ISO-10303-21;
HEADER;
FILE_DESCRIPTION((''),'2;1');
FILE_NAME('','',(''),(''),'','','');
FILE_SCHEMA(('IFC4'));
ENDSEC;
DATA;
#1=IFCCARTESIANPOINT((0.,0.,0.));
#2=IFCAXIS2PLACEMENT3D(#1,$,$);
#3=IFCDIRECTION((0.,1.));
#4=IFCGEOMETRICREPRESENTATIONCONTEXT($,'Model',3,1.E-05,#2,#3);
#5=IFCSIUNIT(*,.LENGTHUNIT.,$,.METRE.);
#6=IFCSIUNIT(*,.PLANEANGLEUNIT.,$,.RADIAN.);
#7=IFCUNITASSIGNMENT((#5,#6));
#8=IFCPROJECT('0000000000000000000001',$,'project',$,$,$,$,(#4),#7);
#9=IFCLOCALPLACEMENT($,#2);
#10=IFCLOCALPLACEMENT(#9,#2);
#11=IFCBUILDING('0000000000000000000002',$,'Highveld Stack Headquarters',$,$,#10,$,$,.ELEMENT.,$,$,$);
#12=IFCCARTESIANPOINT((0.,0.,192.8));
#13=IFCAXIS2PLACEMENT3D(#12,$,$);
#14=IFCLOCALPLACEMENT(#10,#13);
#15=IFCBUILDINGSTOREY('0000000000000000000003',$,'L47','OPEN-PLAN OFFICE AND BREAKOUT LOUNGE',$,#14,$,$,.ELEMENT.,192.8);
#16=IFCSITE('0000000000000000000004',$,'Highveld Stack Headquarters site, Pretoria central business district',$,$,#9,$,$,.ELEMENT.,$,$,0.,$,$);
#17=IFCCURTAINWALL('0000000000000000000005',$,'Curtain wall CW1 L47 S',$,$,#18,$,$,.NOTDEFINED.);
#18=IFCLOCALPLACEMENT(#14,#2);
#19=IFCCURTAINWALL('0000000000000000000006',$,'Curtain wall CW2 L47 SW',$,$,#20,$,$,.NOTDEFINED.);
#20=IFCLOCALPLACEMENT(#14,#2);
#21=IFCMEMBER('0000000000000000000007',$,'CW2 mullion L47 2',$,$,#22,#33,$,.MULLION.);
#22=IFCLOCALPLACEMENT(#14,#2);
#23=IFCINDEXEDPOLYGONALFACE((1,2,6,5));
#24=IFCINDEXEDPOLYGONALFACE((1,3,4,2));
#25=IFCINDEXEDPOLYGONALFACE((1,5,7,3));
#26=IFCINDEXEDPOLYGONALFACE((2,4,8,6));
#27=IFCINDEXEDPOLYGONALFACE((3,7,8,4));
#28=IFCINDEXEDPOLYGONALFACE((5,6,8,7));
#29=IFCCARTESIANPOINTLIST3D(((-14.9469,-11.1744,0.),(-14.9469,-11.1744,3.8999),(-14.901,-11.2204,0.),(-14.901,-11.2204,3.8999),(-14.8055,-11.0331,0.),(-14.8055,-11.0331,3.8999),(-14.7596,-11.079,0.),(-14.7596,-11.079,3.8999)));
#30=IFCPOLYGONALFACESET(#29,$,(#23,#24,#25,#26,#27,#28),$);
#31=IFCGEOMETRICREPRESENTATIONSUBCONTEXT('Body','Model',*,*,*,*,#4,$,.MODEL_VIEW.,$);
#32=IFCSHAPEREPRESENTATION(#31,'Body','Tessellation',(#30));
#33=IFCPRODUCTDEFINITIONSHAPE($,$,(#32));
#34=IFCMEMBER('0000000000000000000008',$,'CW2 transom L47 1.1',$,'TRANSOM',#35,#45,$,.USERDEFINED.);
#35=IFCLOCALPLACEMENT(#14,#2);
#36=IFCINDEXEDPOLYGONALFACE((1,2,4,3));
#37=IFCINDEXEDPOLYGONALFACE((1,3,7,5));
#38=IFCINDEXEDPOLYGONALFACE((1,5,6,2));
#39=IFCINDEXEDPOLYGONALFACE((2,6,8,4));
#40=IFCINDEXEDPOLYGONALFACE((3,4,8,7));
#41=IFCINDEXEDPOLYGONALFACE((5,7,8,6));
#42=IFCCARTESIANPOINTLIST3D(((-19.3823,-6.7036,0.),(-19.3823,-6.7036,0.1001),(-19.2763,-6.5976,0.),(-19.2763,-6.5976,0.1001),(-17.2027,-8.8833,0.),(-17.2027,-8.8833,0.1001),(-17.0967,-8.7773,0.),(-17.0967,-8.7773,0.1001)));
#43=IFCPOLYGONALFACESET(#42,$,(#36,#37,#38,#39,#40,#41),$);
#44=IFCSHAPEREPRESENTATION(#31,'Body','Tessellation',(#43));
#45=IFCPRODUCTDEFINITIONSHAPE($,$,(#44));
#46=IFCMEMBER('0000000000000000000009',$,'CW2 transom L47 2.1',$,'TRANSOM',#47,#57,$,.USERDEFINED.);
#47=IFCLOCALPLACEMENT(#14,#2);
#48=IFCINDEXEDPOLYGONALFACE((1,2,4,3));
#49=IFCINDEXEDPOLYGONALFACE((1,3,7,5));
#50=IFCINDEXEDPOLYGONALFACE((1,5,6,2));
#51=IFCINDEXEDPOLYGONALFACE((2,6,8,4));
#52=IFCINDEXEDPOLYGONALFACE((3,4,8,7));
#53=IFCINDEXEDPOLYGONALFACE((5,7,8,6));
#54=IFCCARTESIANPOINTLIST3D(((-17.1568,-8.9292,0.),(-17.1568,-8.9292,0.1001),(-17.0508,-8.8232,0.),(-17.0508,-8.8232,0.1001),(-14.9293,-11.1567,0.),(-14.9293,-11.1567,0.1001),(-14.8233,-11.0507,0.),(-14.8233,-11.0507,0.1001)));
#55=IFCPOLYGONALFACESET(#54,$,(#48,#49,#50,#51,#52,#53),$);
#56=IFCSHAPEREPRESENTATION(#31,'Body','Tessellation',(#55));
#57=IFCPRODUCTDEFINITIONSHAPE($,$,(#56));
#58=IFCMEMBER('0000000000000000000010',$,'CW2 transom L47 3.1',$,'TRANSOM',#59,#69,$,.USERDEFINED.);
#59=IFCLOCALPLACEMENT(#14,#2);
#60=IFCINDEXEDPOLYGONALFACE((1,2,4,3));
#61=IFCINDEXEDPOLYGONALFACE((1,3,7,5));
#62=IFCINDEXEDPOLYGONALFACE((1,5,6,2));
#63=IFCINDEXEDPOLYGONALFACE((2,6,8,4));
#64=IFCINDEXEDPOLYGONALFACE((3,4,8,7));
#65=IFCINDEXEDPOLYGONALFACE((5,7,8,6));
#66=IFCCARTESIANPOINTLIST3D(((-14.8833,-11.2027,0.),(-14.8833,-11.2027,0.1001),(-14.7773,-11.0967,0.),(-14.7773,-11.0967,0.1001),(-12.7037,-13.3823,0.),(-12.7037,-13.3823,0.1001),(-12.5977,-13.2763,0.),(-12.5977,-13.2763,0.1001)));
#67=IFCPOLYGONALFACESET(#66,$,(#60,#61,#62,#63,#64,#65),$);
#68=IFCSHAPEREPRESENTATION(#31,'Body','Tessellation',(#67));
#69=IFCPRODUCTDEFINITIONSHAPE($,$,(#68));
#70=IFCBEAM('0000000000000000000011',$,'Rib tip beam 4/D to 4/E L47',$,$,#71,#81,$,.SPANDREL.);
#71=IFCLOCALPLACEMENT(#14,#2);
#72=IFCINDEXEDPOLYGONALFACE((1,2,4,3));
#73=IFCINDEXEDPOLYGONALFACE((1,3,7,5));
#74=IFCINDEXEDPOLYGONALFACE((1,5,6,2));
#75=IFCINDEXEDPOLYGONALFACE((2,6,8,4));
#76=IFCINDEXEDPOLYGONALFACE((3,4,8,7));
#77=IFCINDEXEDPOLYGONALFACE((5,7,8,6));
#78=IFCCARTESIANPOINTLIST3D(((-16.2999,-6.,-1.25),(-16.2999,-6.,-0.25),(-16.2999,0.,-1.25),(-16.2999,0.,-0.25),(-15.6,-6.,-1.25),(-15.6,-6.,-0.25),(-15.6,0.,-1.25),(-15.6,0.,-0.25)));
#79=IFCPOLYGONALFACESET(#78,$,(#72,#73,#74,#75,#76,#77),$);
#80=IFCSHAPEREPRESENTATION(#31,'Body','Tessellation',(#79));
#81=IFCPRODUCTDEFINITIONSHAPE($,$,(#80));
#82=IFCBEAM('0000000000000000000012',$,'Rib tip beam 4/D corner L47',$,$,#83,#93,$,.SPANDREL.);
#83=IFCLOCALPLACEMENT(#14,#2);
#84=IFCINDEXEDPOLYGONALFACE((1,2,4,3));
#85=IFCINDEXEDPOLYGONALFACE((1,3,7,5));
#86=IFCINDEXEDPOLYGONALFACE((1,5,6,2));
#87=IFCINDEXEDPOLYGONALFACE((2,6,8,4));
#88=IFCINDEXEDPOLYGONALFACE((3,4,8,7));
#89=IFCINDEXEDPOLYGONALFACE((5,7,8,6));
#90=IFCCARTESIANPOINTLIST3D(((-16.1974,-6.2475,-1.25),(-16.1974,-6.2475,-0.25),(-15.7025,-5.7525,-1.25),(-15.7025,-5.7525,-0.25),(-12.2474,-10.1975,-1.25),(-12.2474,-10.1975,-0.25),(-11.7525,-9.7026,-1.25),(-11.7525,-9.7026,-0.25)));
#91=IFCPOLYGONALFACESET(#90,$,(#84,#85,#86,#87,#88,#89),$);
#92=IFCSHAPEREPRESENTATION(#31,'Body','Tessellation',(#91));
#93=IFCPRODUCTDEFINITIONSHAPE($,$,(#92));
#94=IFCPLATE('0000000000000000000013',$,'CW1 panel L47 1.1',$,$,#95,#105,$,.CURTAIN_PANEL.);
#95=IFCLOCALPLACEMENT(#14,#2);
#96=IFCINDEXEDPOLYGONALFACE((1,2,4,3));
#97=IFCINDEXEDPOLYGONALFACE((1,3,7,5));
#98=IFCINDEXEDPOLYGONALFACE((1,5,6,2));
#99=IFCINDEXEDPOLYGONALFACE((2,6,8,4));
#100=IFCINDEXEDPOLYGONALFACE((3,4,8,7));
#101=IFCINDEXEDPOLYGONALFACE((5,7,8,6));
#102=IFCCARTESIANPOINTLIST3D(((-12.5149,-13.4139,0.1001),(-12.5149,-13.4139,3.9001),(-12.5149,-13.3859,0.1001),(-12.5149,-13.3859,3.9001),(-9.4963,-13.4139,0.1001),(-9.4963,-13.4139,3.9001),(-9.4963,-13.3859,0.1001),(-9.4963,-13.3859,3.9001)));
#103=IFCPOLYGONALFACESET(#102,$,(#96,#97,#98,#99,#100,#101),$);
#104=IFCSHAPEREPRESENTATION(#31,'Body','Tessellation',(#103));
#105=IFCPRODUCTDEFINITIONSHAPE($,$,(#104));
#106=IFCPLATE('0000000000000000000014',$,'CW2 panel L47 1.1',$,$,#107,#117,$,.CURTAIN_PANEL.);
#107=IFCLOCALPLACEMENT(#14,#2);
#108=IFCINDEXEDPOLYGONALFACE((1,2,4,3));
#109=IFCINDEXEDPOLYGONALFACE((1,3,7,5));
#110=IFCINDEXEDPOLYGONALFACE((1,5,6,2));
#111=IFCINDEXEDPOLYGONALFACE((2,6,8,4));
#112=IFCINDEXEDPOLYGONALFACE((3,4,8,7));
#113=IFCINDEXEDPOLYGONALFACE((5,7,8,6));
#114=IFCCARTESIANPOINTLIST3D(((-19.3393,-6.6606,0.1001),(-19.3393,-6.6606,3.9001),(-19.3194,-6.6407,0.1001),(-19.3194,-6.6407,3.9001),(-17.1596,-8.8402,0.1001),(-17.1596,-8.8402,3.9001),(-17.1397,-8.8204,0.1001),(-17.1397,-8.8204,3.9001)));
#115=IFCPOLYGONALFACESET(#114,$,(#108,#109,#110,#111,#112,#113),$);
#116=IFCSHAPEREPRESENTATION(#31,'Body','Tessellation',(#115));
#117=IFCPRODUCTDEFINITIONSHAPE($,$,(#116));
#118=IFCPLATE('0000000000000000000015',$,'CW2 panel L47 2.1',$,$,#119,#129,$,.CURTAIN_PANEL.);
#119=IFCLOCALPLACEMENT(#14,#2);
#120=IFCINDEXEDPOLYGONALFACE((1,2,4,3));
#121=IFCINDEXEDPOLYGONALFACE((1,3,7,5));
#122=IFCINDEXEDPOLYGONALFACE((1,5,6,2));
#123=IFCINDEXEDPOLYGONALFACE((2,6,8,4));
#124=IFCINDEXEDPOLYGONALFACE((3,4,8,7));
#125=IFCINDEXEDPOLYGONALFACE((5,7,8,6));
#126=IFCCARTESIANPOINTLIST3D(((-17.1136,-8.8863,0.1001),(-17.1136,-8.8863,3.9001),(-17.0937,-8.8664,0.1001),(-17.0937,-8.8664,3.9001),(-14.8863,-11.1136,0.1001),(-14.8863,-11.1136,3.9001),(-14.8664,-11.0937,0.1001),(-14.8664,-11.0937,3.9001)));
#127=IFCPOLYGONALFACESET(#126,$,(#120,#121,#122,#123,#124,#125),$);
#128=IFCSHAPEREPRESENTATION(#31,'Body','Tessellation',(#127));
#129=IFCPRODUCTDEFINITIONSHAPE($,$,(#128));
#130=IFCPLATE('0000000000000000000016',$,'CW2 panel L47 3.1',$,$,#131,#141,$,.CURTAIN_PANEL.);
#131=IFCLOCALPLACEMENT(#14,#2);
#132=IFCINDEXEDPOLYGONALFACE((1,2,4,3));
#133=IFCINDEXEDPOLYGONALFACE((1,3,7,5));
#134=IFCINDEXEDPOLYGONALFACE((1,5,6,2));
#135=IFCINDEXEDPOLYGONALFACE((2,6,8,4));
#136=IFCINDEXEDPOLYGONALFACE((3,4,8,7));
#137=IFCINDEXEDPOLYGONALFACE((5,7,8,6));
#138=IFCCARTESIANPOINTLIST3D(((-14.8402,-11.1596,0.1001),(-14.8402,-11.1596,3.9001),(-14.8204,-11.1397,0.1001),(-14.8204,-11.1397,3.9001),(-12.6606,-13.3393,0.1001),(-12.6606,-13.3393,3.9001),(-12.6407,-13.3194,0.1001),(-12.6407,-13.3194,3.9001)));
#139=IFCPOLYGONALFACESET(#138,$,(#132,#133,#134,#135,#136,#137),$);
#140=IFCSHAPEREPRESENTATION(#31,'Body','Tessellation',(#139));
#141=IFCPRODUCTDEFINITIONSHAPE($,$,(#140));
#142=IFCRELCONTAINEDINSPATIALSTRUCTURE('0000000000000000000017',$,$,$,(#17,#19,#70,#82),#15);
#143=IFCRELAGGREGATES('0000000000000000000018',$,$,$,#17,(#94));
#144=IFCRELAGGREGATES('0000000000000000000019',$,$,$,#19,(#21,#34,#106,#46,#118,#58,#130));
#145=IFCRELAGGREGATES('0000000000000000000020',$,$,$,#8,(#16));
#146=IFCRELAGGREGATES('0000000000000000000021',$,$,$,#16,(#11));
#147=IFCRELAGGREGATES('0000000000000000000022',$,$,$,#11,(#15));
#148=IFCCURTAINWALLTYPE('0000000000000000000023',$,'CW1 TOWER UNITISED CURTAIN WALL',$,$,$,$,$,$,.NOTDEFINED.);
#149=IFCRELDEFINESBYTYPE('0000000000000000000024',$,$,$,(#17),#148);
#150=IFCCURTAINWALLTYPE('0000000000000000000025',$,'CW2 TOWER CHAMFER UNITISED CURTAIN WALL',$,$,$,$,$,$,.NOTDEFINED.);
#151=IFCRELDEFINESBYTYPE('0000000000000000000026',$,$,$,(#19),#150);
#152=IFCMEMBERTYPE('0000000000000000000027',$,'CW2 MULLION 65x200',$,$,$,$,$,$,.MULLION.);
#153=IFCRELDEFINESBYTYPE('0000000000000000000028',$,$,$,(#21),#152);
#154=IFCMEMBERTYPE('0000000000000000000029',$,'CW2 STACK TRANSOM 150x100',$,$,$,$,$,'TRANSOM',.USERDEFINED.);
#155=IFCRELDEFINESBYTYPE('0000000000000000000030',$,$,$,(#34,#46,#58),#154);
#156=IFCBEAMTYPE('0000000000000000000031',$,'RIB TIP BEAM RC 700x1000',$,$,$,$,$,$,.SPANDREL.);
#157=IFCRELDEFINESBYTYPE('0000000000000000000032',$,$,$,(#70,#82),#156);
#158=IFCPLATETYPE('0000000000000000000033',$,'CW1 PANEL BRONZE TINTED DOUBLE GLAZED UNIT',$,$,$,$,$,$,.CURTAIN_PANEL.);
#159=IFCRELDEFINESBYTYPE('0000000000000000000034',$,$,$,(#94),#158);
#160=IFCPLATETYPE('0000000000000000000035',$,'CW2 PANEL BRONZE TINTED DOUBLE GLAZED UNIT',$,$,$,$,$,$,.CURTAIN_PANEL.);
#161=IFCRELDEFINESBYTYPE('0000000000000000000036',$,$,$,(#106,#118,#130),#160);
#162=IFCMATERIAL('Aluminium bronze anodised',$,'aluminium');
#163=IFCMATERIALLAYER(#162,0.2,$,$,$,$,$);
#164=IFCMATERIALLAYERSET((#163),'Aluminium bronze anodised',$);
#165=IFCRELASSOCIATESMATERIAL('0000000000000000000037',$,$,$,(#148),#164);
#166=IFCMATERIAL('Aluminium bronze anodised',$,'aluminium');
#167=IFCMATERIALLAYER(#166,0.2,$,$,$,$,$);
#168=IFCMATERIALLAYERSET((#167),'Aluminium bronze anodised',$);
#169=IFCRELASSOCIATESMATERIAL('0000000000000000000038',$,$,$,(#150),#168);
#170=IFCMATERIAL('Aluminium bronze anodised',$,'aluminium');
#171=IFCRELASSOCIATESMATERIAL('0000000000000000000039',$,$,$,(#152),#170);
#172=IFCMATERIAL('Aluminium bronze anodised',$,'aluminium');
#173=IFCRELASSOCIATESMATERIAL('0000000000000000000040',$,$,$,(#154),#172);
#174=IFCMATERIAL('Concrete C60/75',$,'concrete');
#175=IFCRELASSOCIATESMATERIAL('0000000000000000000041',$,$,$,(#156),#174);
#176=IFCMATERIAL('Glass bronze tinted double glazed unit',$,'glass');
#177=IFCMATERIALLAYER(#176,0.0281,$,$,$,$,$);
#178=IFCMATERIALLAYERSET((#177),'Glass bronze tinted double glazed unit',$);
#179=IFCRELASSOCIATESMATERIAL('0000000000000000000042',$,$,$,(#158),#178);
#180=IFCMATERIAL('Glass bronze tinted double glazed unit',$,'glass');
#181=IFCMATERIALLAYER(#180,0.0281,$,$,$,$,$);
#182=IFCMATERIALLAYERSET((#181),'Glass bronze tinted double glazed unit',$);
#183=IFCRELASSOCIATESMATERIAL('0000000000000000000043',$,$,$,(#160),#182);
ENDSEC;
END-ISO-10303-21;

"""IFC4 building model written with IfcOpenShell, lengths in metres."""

from ifc_helpers import new_model, si_unit, direction, frame, origin, origin_2d, place, context, subcontext, project, spatial, rectangle, extrude, material, layer, layer_set, material_profile, profile_set, type_object, element, aggregate, save


model = new_model("IFC4")

# Units and contexts
model_context = context("Model", 3, precision=1e-05, world=origin(), true_north=direction((0.0, 1.0)))
body_context = subcontext(model_context, "Body", "Model", "MODEL_VIEW")
ifc_project = project(units=[si_unit("LENGTHUNIT", "METRE"), si_unit("PLANEANGLEUNIT", "RADIAN")], contexts=[model_context])

# Site, building, storey
site_placement = place(None, origin())
site = spatial("IfcSite", under=ifc_project, at=site_placement, Name="Highveld Stack Headquarters site, Pretoria central business district", CompositionType="ELEMENT", RefElevation=0.0)
building_placement = place(site_placement, origin())
building = spatial("IfcBuilding", under=site, at=building_placement, Name="Highveld Stack Headquarters", CompositionType="ELEMENT")
storey_placement = place(building_placement, frame((0.0, 0.0, 192.8)))
storey = spatial("IfcBuildingStorey", under=building, at=storey_placement, Name="L47", Description="OPEN-PLAN OFFICE AND BREAKOUT LOUNGE", CompositionType="ELEMENT", Elevation=192.8)

# Curtain wall
ifc_material_1 = material(Name="Aluminium bronze anodised", Category="aluminium")
ifc_layer_1 = layer(ifc_material_1, 0.2)
ifc_layer_set_1 = layer_set([ifc_layer_1], Name="Aluminium bronze anodised")
curtain_wall_type_1 = type_object("IfcCurtainWallType", Name="CW1 TOWER UNITISED CURTAIN WALL", PredefinedType="NOTDEFINED", material=ifc_layer_set_1)
curtain_wall_1_placement = place(storey_placement, origin())
curtain_wall_1 = element("IfcCurtainWall", 1, at=curtain_wall_1_placement, inside=storey, type_object=curtain_wall_type_1, Name="Curtain wall CW1 L47 S", PredefinedType="NOTDEFINED")

# Curtain wall, members
ifc_material_2 = material(Name="Aluminium bronze anodised", Category="aluminium")
ifc_layer_2 = layer(ifc_material_2, 0.2)
ifc_layer_set_2 = layer_set([ifc_layer_2], Name="Aluminium bronze anodised")
curtain_wall_type_2 = type_object("IfcCurtainWallType", Name="CW2 TOWER CHAMFER UNITISED CURTAIN WALL", PredefinedType="NOTDEFINED", material=ifc_layer_set_2)
curtain_wall_2_placement = place(storey_placement, origin())
curtain_wall_2 = element("IfcCurtainWall", 2, at=curtain_wall_2_placement, inside=storey, type_object=curtain_wall_type_2, Name="Curtain wall CW2 L47 SW", PredefinedType="NOTDEFINED")
ifc_material_3 = material(Name="Aluminium bronze anodised", Category="aluminium")
ifc_material_profile_1 = material_profile(ifc_material_3, rectangle(XDim=0.2, YDim=0.0649, at=origin_2d()), Name="CW2 MULLION 65x200")
ifc_profile_set_1 = profile_set([ifc_material_profile_1], Name="Aluminium bronze anodised")
member_type_1 = type_object("IfcMemberType", Name="CW2 MULLION 65x200", PredefinedType="MULLION", material=ifc_profile_set_1)
member_1_placement = place(storey_placement, frame((-14.8533, -11.1267, 0.0), z_axis=(0.0, 0.0, 1.0), x_axis=(0.707107, 0.707107, 0.0)))
member_1 = element("IfcMember", 3, at=member_1_placement, type_object=member_type_1, Name="CW2 mullion L47 2", PredefinedType="MULLION", context=body_context, shape_type="SweptSolid", body=[
    extrude(rectangle(XDim=0.2, YDim=0.0649, at=origin_2d()), origin(), (0.0, 0.0, 1.0), 3.8999),
])
ifc_material_4 = material(Name="Aluminium bronze anodised", Category="aluminium")
ifc_material_profile_2 = material_profile(ifc_material_4, rectangle(XDim=0.1499, YDim=0.1001, at=origin_2d()), Name="CW2 TRANSOM 150x100")
ifc_profile_set_2 = profile_set([ifc_material_profile_2], Name="Aluminium bronze anodised")
member_type_2 = type_object("IfcMemberType", Name="CW2 STACK TRANSOM 150x100", ElementType="TRANSOM", PredefinedType="USERDEFINED", material=ifc_profile_set_2)
member_2_placement = place(storey_placement, frame((-19.3293, -6.6506, 0.05), z_axis=(0.707107, -0.707107, 0.0), x_axis=(0.707107, 0.707107, 0.0)))
member_2 = element("IfcMember", 4, at=member_2_placement, type_object=member_type_2, Name="CW2 transom L47 1.1", ObjectType="TRANSOM", PredefinedType="USERDEFINED", context=body_context, shape_type="SweptSolid", body=[
    extrude(rectangle(XDim=0.1499, YDim=0.1001, at=origin_2d()), origin(), (0.0, 0.0, 1.0), 3.0825),
])
member_3_placement = place(storey_placement, frame((-17.1038, -8.8762, 0.05), z_axis=(0.707107, -0.707107, 0.0), x_axis=(0.707107, 0.707107, 0.0)))
member_3 = element("IfcMember", 5, at=member_3_placement, type_object=member_type_2, Name="CW2 transom L47 2.1", ObjectType="TRANSOM", PredefinedType="USERDEFINED", context=body_context, shape_type="SweptSolid", body=[
    extrude(rectangle(XDim=0.1499, YDim=0.1001, at=origin_2d()), origin(), (0.0, 0.0, 1.0), 3.1501),
])
member_4_placement = place(storey_placement, frame((-14.8303, -11.1497, 0.05), z_axis=(0.707107, -0.707107, 0.0), x_axis=(0.707107, 0.707107, 0.0)))
member_4 = element("IfcMember", 6, at=member_4_placement, type_object=member_type_2, Name="CW2 transom L47 3.1", ObjectType="TRANSOM", PredefinedType="USERDEFINED", context=body_context, shape_type="SweptSolid", body=[
    extrude(rectangle(XDim=0.1499, YDim=0.1001, at=origin_2d()), origin(), (0.0, 0.0, 1.0), 3.0825),
])

# Beams
ifc_material_5 = material(Name="Concrete C60/75", Category="concrete")
ifc_material_profile_3 = material_profile(ifc_material_5, rectangle(XDim=0.7, YDim=1.0, at=origin_2d()), Name="RC 700x1000")
ifc_profile_set_3 = profile_set([ifc_material_profile_3], Name="Concrete C60/75")
beam_type_1 = type_object("IfcBeamType", Name="RIB TIP BEAM RC 700x1000", PredefinedType="SPANDREL", material=ifc_profile_set_3)
beam_1_placement = place(storey_placement, frame((-15.95, -6.0, -0.75), z_axis=(0.0, 1.0, 0.0), x_axis=(-1.0, 0.0, 0.0)))
element("IfcBeam", 7, at=beam_1_placement, inside=storey, type_object=beam_type_1, Name="Rib tip beam 4/D to 4/E L47", PredefinedType="SPANDREL", context=body_context, shape_type="SweptSolid", body=[
    extrude(rectangle(XDim=0.7, YDim=1.0, at=origin_2d()), origin(), (0.0, 0.0, 1.0), 6.0),
])
beam_2_placement = place(storey_placement, frame((-15.95, -6.0, -0.75), z_axis=(0.707107, -0.707107, 0.0), x_axis=(0.707107, 0.707107, 0.0)))
element("IfcBeam", 8, at=beam_2_placement, inside=storey, type_object=beam_type_1, Name="Rib tip beam 4/D corner L47", PredefinedType="SPANDREL", context=body_context, shape_type="SweptSolid", body=[
    extrude(rectangle(XDim=0.7, YDim=1.0, at=origin_2d()), origin(), (0.0, 0.0, 1.0), 5.5862),
])

# Plates
ifc_material_6 = material(Name="Glass bronze tinted double glazed unit", Category="glass")
ifc_layer_3 = layer(ifc_material_6, 0.0281)
ifc_layer_set_3 = layer_set([ifc_layer_3], Name="Glass bronze tinted double glazed unit")
plate_type_1 = type_object("IfcPlateType", Name="CW1 PANEL BRONZE TINTED DOUBLE GLAZED UNIT", PredefinedType="CURTAIN_PANEL", material=ifc_layer_set_3)
plate_1_placement = place(storey_placement, frame((-11.0056, -13.3999, 0.1001), z_axis=(0.0, 0.0, 1.0), x_axis=(1.0, 0.0, 0.0)))
plate_1 = element("IfcPlate", 9, at=plate_1_placement, type_object=plate_type_1, Name="CW1 panel L47 1.1", PredefinedType="CURTAIN_PANEL", context=body_context, shape_type="SweptSolid", body=[
    extrude(rectangle(XDim=3.0186, YDim=0.0281, at=origin_2d()), origin(), (0.0, 0.0, 1.0), 3.8),
])
aggregate(curtain_wall_1, [plate_1])
ifc_material_7 = material(Name="Glass bronze tinted double glazed unit", Category="glass")
ifc_layer_4 = layer(ifc_material_7, 0.0281)
ifc_layer_set_4 = layer_set([ifc_layer_4], Name="Glass bronze tinted double glazed unit")
plate_type_2 = type_object("IfcPlateType", Name="CW2 PANEL BRONZE TINTED DOUBLE GLAZED UNIT", PredefinedType="CURTAIN_PANEL", material=ifc_layer_set_4)
plate_2_placement = place(storey_placement, frame((-18.2395, -7.7405, 0.1001), z_axis=(0.0, 0.0, 1.0), x_axis=(0.707107, -0.707107, 0.0)))
plate_2 = element("IfcPlate", 10, at=plate_2_placement, type_object=plate_type_2, Name="CW2 panel L47 1.1", PredefinedType="CURTAIN_PANEL", context=body_context, shape_type="SweptSolid", body=[
    extrude(rectangle(XDim=3.0825, YDim=0.0281, at=origin_2d()), origin(), (0.0, 0.0, 1.0), 3.8),
])
plate_3_placement = place(storey_placement, frame((-15.99, -9.99, 0.1001), z_axis=(0.0, 0.0, 1.0), x_axis=(0.707107, -0.707107, 0.0)))
plate_3 = element("IfcPlate", 11, at=plate_3_placement, type_object=plate_type_2, Name="CW2 panel L47 2.1", PredefinedType="CURTAIN_PANEL", context=body_context, shape_type="SweptSolid", body=[
    extrude(rectangle(XDim=3.1499, YDim=0.0281, at=origin_2d()), origin(), (0.0, 0.0, 1.0), 3.8),
])
plate_4_placement = place(storey_placement, frame((-13.7405, -12.2395, 0.1001), z_axis=(0.0, 0.0, 1.0), x_axis=(0.707107, -0.707107, 0.0)))
plate_4 = element("IfcPlate", 12, at=plate_4_placement, type_object=plate_type_2, Name="CW2 panel L47 3.1", PredefinedType="CURTAIN_PANEL", context=body_context, shape_type="SweptSolid", body=[
    extrude(rectangle(XDim=3.0825, YDim=0.0281, at=origin_2d()), origin(), (0.0, 0.0, 1.0), 3.8),
])
aggregate(curtain_wall_2, [member_1, member_2, plate_2, member_3, plate_3, member_4, plate_4])

save(model, "model.ifc")
